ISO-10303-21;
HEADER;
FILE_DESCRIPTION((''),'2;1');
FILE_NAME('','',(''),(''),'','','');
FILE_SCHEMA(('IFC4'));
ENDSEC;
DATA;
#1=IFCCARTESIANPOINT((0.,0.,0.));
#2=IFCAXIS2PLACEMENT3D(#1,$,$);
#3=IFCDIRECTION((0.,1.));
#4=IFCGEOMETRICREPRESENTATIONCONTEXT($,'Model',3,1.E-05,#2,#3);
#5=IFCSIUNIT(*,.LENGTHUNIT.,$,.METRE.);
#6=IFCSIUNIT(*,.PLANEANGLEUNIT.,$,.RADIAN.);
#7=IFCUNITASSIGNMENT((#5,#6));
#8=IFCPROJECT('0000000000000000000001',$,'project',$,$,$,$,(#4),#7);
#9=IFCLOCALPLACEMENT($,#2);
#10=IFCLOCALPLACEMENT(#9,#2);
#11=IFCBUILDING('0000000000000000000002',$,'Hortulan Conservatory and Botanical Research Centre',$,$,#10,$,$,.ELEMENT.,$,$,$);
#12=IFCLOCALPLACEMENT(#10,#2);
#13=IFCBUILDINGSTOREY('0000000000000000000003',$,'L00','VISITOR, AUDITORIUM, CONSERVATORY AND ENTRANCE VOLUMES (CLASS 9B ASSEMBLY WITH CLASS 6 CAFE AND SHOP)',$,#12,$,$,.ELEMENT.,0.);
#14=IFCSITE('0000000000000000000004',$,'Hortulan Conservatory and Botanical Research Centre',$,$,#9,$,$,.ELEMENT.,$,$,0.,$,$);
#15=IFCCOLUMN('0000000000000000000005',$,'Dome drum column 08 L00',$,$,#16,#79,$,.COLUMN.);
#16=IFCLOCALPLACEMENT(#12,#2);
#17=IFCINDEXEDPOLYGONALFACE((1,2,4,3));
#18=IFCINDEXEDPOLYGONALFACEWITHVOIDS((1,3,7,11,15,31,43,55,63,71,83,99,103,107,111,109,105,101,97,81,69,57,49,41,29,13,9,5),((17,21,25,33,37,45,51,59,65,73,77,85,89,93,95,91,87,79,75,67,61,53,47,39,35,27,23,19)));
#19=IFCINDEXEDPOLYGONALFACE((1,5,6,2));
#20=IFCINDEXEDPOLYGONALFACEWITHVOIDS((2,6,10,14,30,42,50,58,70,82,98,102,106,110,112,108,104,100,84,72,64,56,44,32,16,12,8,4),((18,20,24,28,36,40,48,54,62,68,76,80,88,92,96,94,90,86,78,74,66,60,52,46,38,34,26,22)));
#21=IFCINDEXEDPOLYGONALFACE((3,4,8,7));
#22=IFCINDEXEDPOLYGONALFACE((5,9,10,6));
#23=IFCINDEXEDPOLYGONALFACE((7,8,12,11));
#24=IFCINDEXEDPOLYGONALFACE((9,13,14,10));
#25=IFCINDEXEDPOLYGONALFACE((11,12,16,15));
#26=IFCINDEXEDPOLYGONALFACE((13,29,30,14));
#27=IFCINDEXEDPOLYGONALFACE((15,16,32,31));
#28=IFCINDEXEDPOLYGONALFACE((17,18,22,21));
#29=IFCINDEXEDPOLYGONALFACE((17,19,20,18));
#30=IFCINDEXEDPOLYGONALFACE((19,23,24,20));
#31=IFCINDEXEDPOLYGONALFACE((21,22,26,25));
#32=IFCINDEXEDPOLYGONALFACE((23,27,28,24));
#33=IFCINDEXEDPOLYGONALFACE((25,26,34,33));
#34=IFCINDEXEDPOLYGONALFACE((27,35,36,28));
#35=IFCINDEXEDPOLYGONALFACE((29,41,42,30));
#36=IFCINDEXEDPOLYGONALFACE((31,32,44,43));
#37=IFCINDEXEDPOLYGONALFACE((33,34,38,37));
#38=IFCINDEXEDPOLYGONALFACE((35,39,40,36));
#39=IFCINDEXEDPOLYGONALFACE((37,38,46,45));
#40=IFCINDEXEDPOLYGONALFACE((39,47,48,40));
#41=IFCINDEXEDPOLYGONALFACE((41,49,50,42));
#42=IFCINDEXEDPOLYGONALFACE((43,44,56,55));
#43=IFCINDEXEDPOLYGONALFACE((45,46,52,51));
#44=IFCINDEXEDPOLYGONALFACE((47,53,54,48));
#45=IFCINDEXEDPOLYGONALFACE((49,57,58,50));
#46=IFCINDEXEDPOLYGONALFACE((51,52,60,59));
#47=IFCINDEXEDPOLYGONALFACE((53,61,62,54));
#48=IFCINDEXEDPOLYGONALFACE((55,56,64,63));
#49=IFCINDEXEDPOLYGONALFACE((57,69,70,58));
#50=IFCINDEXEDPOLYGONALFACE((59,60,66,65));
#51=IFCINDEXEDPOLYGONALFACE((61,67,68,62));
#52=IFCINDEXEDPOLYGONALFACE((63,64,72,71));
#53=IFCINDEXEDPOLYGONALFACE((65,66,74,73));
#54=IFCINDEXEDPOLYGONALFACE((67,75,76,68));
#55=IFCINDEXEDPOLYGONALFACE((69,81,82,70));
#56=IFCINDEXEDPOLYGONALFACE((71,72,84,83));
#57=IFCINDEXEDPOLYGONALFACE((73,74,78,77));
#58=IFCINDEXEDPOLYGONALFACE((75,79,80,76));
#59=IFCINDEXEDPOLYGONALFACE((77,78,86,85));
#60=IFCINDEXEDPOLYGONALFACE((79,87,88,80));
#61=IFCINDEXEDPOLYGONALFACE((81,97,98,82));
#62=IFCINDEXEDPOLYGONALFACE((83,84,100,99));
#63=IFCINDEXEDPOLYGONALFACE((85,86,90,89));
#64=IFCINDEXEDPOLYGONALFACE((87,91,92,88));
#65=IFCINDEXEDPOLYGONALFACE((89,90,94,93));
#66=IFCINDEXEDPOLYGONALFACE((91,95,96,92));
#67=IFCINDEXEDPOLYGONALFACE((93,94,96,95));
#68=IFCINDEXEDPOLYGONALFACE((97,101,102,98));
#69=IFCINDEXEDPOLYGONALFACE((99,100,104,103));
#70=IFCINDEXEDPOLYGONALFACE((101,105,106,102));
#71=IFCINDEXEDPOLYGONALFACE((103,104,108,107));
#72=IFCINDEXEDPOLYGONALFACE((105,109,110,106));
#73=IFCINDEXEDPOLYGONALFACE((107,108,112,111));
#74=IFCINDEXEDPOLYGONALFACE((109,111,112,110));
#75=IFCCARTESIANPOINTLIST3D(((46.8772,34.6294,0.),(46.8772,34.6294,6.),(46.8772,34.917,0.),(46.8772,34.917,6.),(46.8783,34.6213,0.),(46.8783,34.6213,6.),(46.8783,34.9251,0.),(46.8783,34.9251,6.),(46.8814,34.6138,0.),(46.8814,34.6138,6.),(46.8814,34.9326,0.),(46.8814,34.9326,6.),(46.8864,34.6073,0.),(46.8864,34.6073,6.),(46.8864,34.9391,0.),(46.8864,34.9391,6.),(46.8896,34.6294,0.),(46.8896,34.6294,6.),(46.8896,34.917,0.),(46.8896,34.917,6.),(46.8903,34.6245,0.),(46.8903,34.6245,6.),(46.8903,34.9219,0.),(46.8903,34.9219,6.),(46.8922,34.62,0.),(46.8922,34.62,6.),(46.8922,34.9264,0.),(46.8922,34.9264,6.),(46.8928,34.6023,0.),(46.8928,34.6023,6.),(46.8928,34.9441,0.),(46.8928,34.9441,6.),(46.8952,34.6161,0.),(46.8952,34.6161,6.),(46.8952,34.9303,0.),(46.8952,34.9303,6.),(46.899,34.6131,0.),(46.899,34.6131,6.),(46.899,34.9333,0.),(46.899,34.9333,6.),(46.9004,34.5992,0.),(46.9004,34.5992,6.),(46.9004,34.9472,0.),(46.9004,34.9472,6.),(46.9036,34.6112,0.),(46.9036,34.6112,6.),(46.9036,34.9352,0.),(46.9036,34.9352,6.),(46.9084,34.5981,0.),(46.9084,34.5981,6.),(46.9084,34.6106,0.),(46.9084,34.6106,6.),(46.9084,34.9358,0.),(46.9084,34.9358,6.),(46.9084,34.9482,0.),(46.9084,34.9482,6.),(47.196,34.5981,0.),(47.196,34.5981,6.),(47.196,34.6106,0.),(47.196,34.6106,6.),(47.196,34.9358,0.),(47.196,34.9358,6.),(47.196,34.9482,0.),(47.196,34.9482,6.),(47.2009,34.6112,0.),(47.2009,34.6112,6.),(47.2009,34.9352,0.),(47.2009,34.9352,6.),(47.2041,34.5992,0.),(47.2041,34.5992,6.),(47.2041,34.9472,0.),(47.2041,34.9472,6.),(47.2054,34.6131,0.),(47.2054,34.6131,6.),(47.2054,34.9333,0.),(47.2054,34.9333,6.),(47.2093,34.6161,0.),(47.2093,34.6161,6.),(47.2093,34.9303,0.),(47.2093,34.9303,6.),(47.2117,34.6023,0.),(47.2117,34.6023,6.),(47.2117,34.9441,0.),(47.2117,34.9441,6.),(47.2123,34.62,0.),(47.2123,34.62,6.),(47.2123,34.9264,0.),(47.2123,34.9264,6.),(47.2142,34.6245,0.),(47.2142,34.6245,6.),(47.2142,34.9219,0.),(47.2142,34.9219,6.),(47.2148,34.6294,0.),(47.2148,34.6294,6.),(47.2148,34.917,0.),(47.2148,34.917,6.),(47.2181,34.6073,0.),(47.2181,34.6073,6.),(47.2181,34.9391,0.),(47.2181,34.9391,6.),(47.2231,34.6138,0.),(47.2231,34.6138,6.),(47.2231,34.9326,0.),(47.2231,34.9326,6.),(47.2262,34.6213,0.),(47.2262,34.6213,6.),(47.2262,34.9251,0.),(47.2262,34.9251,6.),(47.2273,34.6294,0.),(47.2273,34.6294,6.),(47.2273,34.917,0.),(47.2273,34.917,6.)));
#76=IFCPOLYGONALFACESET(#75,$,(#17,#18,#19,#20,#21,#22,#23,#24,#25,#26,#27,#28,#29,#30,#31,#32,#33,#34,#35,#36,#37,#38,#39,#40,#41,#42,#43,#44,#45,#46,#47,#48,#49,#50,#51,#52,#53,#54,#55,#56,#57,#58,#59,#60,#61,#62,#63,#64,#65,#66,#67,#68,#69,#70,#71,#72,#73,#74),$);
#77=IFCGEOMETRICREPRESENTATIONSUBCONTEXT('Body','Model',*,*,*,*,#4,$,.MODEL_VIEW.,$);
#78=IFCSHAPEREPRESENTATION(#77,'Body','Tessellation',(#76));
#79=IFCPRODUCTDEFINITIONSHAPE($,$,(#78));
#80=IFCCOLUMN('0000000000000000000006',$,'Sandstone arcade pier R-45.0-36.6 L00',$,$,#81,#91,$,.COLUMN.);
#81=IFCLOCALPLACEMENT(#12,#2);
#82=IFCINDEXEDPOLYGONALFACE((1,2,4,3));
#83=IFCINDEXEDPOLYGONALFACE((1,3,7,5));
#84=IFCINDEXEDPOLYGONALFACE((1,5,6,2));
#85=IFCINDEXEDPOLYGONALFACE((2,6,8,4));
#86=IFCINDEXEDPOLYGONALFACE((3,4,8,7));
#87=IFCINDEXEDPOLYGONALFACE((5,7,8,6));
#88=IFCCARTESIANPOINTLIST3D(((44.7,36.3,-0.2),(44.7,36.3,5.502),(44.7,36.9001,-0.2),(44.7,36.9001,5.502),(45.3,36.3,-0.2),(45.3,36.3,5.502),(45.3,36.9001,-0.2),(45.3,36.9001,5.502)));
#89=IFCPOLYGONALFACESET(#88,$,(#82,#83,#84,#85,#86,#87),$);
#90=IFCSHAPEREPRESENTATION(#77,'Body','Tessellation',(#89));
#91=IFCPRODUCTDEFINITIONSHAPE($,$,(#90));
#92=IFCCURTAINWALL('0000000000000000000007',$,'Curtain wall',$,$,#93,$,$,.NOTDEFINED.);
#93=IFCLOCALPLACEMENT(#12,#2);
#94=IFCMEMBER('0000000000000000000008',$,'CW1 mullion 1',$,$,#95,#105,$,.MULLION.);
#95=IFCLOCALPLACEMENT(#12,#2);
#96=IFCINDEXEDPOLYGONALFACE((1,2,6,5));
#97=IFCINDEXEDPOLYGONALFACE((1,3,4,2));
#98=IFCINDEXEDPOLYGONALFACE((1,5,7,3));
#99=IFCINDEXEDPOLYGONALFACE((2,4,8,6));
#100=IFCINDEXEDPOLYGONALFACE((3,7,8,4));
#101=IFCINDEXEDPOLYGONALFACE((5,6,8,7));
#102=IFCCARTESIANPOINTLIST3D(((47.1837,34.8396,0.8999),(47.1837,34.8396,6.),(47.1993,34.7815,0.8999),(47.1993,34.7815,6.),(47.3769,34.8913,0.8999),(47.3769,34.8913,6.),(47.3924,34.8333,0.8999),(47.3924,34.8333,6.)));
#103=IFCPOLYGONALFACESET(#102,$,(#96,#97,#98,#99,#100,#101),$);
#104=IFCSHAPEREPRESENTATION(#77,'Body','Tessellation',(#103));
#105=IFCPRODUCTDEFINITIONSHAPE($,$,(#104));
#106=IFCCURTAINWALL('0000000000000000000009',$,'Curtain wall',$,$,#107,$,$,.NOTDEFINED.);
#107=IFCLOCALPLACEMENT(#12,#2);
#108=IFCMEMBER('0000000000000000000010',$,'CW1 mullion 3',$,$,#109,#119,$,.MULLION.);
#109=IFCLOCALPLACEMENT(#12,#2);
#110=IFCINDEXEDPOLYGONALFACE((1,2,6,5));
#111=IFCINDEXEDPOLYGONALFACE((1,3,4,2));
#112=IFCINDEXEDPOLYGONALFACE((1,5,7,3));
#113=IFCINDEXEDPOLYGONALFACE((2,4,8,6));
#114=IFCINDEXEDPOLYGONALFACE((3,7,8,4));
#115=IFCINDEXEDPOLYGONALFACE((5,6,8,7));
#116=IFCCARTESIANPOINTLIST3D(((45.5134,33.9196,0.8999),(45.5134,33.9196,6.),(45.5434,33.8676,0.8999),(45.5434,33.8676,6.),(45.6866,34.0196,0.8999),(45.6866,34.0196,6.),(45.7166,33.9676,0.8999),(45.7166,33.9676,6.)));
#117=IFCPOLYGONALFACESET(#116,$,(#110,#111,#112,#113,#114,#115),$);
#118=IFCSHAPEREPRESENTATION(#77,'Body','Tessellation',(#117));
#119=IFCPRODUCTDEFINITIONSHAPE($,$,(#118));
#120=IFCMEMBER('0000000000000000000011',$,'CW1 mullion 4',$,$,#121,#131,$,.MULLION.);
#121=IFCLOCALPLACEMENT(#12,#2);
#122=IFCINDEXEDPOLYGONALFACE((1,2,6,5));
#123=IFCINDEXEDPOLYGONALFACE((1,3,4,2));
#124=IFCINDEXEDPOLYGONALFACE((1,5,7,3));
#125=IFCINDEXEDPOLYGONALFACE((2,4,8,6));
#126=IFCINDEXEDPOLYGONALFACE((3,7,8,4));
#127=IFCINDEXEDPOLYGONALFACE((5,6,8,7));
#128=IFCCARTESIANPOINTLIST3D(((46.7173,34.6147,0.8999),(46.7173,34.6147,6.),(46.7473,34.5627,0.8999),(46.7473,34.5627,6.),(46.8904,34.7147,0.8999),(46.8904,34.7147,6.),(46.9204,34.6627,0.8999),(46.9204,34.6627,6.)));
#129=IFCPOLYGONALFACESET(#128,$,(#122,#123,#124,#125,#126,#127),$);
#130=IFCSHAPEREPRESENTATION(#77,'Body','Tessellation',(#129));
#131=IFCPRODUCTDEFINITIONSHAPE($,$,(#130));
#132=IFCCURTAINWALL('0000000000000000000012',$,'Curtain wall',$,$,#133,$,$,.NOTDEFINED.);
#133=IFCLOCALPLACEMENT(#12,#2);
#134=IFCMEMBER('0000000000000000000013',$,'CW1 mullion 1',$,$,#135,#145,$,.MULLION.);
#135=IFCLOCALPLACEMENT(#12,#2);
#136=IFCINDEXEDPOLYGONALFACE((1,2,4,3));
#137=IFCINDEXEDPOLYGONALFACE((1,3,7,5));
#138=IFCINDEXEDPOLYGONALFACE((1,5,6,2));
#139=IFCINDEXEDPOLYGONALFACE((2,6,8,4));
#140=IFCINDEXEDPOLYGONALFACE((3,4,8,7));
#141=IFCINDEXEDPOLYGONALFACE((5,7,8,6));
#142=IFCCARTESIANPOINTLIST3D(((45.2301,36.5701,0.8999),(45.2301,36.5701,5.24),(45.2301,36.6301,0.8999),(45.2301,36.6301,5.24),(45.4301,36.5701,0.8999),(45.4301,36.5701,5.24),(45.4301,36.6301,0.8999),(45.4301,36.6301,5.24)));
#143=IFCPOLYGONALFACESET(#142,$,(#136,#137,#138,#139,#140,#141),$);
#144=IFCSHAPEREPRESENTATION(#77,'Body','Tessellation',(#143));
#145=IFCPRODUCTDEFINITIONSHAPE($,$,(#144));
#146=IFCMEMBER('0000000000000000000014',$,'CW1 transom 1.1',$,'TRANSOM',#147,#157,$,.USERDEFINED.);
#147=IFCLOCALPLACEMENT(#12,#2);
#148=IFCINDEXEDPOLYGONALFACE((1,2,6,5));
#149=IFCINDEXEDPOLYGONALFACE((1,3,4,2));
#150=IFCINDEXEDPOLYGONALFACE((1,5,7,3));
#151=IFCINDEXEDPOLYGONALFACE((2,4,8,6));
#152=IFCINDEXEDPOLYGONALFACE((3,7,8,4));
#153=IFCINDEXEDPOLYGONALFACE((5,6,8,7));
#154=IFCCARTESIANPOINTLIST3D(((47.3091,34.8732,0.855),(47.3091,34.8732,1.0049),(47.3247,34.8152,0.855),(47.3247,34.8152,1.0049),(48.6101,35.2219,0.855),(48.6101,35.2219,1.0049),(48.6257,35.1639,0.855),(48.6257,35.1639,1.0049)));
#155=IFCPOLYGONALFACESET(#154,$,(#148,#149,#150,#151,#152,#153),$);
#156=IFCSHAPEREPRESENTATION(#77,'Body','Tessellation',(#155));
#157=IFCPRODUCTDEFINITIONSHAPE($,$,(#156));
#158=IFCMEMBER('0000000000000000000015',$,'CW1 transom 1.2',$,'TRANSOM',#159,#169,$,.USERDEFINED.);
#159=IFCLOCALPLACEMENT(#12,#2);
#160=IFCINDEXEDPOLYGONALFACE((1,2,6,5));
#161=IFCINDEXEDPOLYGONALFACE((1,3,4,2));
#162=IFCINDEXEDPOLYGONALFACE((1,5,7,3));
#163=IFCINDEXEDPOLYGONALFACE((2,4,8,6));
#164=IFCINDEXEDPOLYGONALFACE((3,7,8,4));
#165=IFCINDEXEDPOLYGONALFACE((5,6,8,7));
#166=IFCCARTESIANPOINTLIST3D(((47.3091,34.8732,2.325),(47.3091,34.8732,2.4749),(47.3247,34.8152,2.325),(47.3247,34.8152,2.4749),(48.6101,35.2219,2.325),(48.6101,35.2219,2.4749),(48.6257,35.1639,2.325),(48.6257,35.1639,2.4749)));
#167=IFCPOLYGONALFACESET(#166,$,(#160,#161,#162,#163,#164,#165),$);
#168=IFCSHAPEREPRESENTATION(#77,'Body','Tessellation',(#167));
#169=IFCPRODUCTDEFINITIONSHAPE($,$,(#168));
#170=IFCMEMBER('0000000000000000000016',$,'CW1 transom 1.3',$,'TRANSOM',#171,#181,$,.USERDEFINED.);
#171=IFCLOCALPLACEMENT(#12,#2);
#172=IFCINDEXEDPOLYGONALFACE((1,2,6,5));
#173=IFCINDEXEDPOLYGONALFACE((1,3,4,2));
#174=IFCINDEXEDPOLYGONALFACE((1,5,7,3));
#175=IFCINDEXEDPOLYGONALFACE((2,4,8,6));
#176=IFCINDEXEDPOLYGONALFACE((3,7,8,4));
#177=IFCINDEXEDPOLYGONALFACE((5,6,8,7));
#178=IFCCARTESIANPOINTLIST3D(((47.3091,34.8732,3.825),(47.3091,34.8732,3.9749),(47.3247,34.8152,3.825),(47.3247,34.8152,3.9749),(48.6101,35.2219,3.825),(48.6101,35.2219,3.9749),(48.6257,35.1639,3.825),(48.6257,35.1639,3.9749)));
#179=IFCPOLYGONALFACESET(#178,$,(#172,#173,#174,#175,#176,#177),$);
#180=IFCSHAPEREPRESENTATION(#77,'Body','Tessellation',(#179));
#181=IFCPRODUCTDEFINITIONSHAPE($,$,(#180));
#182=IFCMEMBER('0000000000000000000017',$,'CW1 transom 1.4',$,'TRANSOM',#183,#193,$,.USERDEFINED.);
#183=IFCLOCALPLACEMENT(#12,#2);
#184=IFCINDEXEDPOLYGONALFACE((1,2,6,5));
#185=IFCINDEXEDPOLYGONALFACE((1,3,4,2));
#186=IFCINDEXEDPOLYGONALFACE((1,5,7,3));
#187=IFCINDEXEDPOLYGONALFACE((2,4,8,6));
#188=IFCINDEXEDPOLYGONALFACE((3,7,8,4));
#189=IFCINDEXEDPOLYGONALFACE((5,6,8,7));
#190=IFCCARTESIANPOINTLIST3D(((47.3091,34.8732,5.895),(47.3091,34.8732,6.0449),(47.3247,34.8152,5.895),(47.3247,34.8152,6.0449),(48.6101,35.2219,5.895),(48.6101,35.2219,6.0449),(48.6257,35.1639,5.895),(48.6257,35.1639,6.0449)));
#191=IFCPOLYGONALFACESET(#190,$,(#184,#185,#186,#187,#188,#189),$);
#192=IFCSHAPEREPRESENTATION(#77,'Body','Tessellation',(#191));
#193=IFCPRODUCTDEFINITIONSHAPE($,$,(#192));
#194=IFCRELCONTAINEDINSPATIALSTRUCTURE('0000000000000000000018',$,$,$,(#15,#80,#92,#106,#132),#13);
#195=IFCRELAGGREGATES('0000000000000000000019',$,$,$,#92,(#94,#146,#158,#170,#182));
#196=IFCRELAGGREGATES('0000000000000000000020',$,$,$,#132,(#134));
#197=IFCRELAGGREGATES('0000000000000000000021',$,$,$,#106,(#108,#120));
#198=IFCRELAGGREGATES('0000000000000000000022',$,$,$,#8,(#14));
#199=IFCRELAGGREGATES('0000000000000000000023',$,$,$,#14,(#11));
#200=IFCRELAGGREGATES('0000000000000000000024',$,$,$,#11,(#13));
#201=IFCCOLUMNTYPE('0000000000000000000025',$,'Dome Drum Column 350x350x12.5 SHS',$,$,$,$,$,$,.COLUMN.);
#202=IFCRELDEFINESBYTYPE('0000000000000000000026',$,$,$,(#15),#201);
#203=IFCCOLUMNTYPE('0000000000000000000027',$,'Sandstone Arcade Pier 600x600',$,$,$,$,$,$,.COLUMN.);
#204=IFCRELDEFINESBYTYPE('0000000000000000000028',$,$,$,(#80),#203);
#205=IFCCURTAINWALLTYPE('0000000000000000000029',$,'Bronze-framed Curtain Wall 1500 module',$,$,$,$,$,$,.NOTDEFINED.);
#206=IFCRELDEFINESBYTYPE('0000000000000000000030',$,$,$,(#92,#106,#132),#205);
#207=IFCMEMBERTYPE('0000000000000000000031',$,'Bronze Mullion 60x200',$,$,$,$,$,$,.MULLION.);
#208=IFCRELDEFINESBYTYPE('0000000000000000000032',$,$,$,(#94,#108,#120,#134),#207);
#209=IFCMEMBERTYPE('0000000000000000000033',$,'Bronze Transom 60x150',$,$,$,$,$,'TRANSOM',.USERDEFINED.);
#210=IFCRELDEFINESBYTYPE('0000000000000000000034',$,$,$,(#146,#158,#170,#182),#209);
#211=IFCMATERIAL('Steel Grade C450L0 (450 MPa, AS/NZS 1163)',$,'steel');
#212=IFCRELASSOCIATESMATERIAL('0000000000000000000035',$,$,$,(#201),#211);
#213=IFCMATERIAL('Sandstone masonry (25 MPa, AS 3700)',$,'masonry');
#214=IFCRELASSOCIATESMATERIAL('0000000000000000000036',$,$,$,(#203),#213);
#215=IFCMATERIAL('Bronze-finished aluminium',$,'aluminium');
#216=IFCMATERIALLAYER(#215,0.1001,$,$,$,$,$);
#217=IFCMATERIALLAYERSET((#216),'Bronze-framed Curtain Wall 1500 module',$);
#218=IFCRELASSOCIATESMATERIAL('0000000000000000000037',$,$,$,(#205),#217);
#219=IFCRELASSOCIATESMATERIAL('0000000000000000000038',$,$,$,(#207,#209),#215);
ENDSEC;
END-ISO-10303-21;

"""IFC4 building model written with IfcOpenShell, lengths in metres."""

from ifc_helpers import new_model, si_unit, direction, frame, origin, origin_2d, place, context, subcontext, project, spatial, rectangle, hollow_rectangle, extrude, material, layer, layer_set, material_profile, profile_set, type_object, element, aggregate, save


model = new_model("IFC4")

# Units and contexts
model_context = context("Model", 3, precision=1e-05, world=origin(), true_north=direction((0.0, 1.0)))
body_context = subcontext(model_context, "Body", "Model", "MODEL_VIEW")
ifc_project = project(units=[si_unit("LENGTHUNIT", "METRE"), si_unit("PLANEANGLEUNIT", "RADIAN")], contexts=[model_context])

# Site, building, storey
site_placement = place(None, origin())
site = spatial("IfcSite", under=ifc_project, at=site_placement, Name="Hortulan Conservatory and Botanical Research Centre", CompositionType="ELEMENT", RefElevation=0.0)
building_placement = place(site_placement, origin())
building = spatial("IfcBuilding", under=site, at=building_placement, Name="Hortulan Conservatory and Botanical Research Centre", CompositionType="ELEMENT")
storey_placement = place(building_placement, origin())
storey = spatial("IfcBuildingStorey", under=building, at=storey_placement, Name="L00", Description="VISITOR, AUDITORIUM, CONSERVATORY AND ENTRANCE VOLUMES (CLASS 9B ASSEMBLY WITH CLASS 6 CAFE AND SHOP)", CompositionType="ELEMENT", Elevation=0.0)

# Columns
ifc_material_1 = material(Name="Steel Grade C450L0 (450 MPa, AS/NZS 1163)", Category="steel")
ifc_material_profile_1 = material_profile(ifc_material_1, hollow_rectangle(XDim=0.3501, YDim=0.3501, WallThickness=0.0125, InnerFilletRadius=0.0188, OuterFilletRadius=0.0312, at=origin_2d()), Name="350x350x12.5SHS")
ifc_profile_set_1 = profile_set([ifc_material_profile_1], Name="Steel Grade C450L0 (450 MPa, AS/NZS 1163)")
column_type_1 = type_object("IfcColumnType", Name="Dome Drum Column 350x350x12.5 SHS", PredefinedType="COLUMN", material=ifc_profile_set_1)
column_1_placement = place(storey_placement, frame((47.0522, 34.7732, 0.0), z_axis=(0.0, 0.0, 1.0), x_axis=(1.0, 0.0, 0.0)))
element("IfcColumn", 1, at=column_1_placement, inside=storey, type_object=column_type_1, Name="Dome drum column 08 L00", PredefinedType="COLUMN", context=body_context, shape_type="SweptSolid", body=[
    extrude(hollow_rectangle(XDim=0.3501, YDim=0.3501, WallThickness=0.0125, InnerFilletRadius=0.0188, OuterFilletRadius=0.0312, at=origin_2d()), origin(), (0.0, 0.0, 1.0), 6.0),
])
ifc_material_2 = material(Name="Sandstone masonry (25 MPa, AS 3700)", Category="masonry")
ifc_material_profile_2 = material_profile(ifc_material_2, rectangle(XDim=0.6001, YDim=0.6001, at=origin_2d()), Name="Square pier 600")
ifc_profile_set_2 = profile_set([ifc_material_profile_2], Name="Sandstone masonry (25 MPa, AS 3700)")
column_type_2 = type_object("IfcColumnType", Name="Sandstone Arcade Pier 600x600", PredefinedType="COLUMN", material=ifc_profile_set_2)
column_2_placement = place(storey_placement, frame((45.0, 36.6001, -0.2), z_axis=(0.0, 0.0, 1.0), x_axis=(1.0, 0.0, 0.0)))
element("IfcColumn", 2, at=column_2_placement, inside=storey, type_object=column_type_2, Name="Sandstone arcade pier R-45.0-36.6 L00", PredefinedType="COLUMN", context=body_context, shape_type="SweptSolid", body=[
    extrude(rectangle(XDim=0.6001, YDim=0.6001, at=origin_2d()), origin(), (0.0, 0.0, 1.0), 5.7019),
])

# Curtain wall, member
ifc_material_3 = material(Name="Bronze-finished aluminium", Category="aluminium")
ifc_layer_1 = layer(ifc_material_3, 0.1001)
ifc_layer_set_1 = layer_set([ifc_layer_1], Name="Bronze-framed Curtain Wall 1500 module")
curtain_wall_type = type_object("IfcCurtainWallType", Name="Bronze-framed Curtain Wall 1500 module", PredefinedType="NOTDEFINED", material=ifc_layer_set_1)
curtain_wall_1_placement = place(storey_placement, origin())
curtain_wall_1 = element("IfcCurtainWall", 3, at=curtain_wall_1_placement, inside=storey, type_object=curtain_wall_type, Name="Curtain wall", PredefinedType="NOTDEFINED")
ifc_material_profile_3 = material_profile(ifc_material_3, rectangle(XDim=0.0601, YDim=0.2, at=origin_2d()), Name="Bronze Mullion 60x200")
ifc_profile_set_3 = profile_set([ifc_material_profile_3], Name="Bronze-finished aluminium")
member_type_1 = type_object("IfcMemberType", Name="Bronze Mullion 60x200", PredefinedType="MULLION", material=ifc_profile_set_3)
member_1_placement = place(storey_placement, frame((47.2881, 34.8364, 0.8999), z_axis=(0.0, 0.0, 1.0), x_axis=(-0.258832, 0.965922, 0.0)))
member_1 = element("IfcMember", 4, at=member_1_placement, type_object=member_type_1, Name="CW1 mullion 1", PredefinedType="MULLION", context=body_context, shape_type="SweptSolid", body=[
    extrude(rectangle(XDim=0.0601, YDim=0.2, at=origin_2d()), origin(), (0.0, 0.0, 1.0), 5.1001),
])

# Curtain wall, members
curtain_wall_2_placement = place(storey_placement, origin())
curtain_wall_2 = element("IfcCurtainWall", 5, at=curtain_wall_2_placement, inside=storey, type_object=curtain_wall_type, Name="Curtain wall", PredefinedType="NOTDEFINED")
member_2_placement = place(storey_placement, frame((45.615, 33.9436, 0.8999), z_axis=(0.0, 0.0, 1.0), x_axis=(-0.499981, 0.866036, 0.0)))
member_2 = element("IfcMember", 6, at=member_2_placement, type_object=member_type_1, Name="CW1 mullion 3", PredefinedType="MULLION", context=body_context, shape_type="SweptSolid", body=[
    extrude(rectangle(XDim=0.0601, YDim=0.2, at=origin_2d()), origin(), (0.0, 0.0, 1.0), 5.1001),
])
member_3_placement = place(storey_placement, frame((46.8188, 34.6387, 0.8999), z_axis=(0.0, 0.0, 1.0), x_axis=(-0.499981, 0.866036, 0.0)))
member_3 = element("IfcMember", 7, at=member_3_placement, type_object=member_type_1, Name="CW1 mullion 4", PredefinedType="MULLION", context=body_context, shape_type="SweptSolid", body=[
    extrude(rectangle(XDim=0.0601, YDim=0.2, at=origin_2d()), origin(), (0.0, 0.0, 1.0), 5.1001),
])

# Curtain wall, member
curtain_wall_3_placement = place(storey_placement, origin())
curtain_wall_3 = element("IfcCurtainWall", 8, at=curtain_wall_3_placement, inside=storey, type_object=curtain_wall_type, Name="Curtain wall", PredefinedType="NOTDEFINED")
member_4_placement = place(storey_placement, frame((45.3301, 36.6001, 0.8999), z_axis=(0.0, 0.0, 1.0), x_axis=(0.0, 1.0, 0.0)))
member_4 = element("IfcMember", 9, at=member_4_placement, type_object=member_type_1, Name="CW1 mullion 1", PredefinedType="MULLION", context=body_context, shape_type="SweptSolid", body=[
    extrude(rectangle(XDim=0.0601, YDim=0.2, at=origin_2d()), origin(), (0.0, 0.0, 1.0), 4.3401),
])

# Members
ifc_material_profile_4 = material_profile(ifc_material_3, rectangle(XDim=0.0601, YDim=0.1499, at=origin_2d()), Name="Bronze Transom 60x150")
ifc_profile_set_4 = profile_set([ifc_material_profile_4], Name="Bronze-finished aluminium")
member_type_2 = type_object("IfcMemberType", Name="Bronze Transom 60x150", ElementType="TRANSOM", PredefinedType="USERDEFINED", material=ifc_profile_set_4)
member_5_placement = place(storey_placement, frame((47.3169, 34.8442, 0.9299), z_axis=(0.965921, 0.258836, 0.0), x_axis=(-0.258836, 0.965921, 0.0)))
member_5 = element("IfcMember", 10, at=member_5_placement, type_object=member_type_2, Name="CW1 transom 1.1", ObjectType="TRANSOM", PredefinedType="USERDEFINED", context=body_context, shape_type="SweptSolid", body=[
    extrude(rectangle(XDim=0.0601, YDim=0.1499, at=origin_2d()), origin(), (0.0, 0.0, 1.0), 1.3469),
])
member_6_placement = place(storey_placement, frame((47.3169, 34.8442, 2.3999), z_axis=(0.965921, 0.258836, 0.0), x_axis=(-0.258836, 0.965921, 0.0)))
member_6 = element("IfcMember", 11, at=member_6_placement, type_object=member_type_2, Name="CW1 transom 1.2", ObjectType="TRANSOM", PredefinedType="USERDEFINED", context=body_context, shape_type="SweptSolid", body=[
    extrude(rectangle(XDim=0.0601, YDim=0.1499, at=origin_2d()), origin(), (0.0, 0.0, 1.0), 1.3469),
])
member_7_placement = place(storey_placement, frame((47.3169, 34.8442, 3.8999), z_axis=(0.965921, 0.258836, 0.0), x_axis=(-0.258836, 0.965921, 0.0)))
member_7 = element("IfcMember", 12, at=member_7_placement, type_object=member_type_2, Name="CW1 transom 1.3", ObjectType="TRANSOM", PredefinedType="USERDEFINED", context=body_context, shape_type="SweptSolid", body=[
    extrude(rectangle(XDim=0.0601, YDim=0.1499, at=origin_2d()), origin(), (0.0, 0.0, 1.0), 1.3469),
])
member_8_placement = place(storey_placement, frame((47.3169, 34.8442, 5.97), z_axis=(0.965921, 0.258836, 0.0), x_axis=(-0.258836, 0.965921, 0.0)))
member_8 = element("IfcMember", 13, at=member_8_placement, type_object=member_type_2, Name="CW1 transom 1.4", ObjectType="TRANSOM", PredefinedType="USERDEFINED", context=body_context, shape_type="SweptSolid", body=[
    extrude(rectangle(XDim=0.0601, YDim=0.1499, at=origin_2d()), origin(), (0.0, 0.0, 1.0), 1.3469),
])
aggregate(curtain_wall_1, [member_1, member_5, member_6, member_7, member_8])
aggregate(curtain_wall_3, [member_4])

aggregate(curtain_wall_2, [member_2, member_3])

save(model, "model.ifc")
